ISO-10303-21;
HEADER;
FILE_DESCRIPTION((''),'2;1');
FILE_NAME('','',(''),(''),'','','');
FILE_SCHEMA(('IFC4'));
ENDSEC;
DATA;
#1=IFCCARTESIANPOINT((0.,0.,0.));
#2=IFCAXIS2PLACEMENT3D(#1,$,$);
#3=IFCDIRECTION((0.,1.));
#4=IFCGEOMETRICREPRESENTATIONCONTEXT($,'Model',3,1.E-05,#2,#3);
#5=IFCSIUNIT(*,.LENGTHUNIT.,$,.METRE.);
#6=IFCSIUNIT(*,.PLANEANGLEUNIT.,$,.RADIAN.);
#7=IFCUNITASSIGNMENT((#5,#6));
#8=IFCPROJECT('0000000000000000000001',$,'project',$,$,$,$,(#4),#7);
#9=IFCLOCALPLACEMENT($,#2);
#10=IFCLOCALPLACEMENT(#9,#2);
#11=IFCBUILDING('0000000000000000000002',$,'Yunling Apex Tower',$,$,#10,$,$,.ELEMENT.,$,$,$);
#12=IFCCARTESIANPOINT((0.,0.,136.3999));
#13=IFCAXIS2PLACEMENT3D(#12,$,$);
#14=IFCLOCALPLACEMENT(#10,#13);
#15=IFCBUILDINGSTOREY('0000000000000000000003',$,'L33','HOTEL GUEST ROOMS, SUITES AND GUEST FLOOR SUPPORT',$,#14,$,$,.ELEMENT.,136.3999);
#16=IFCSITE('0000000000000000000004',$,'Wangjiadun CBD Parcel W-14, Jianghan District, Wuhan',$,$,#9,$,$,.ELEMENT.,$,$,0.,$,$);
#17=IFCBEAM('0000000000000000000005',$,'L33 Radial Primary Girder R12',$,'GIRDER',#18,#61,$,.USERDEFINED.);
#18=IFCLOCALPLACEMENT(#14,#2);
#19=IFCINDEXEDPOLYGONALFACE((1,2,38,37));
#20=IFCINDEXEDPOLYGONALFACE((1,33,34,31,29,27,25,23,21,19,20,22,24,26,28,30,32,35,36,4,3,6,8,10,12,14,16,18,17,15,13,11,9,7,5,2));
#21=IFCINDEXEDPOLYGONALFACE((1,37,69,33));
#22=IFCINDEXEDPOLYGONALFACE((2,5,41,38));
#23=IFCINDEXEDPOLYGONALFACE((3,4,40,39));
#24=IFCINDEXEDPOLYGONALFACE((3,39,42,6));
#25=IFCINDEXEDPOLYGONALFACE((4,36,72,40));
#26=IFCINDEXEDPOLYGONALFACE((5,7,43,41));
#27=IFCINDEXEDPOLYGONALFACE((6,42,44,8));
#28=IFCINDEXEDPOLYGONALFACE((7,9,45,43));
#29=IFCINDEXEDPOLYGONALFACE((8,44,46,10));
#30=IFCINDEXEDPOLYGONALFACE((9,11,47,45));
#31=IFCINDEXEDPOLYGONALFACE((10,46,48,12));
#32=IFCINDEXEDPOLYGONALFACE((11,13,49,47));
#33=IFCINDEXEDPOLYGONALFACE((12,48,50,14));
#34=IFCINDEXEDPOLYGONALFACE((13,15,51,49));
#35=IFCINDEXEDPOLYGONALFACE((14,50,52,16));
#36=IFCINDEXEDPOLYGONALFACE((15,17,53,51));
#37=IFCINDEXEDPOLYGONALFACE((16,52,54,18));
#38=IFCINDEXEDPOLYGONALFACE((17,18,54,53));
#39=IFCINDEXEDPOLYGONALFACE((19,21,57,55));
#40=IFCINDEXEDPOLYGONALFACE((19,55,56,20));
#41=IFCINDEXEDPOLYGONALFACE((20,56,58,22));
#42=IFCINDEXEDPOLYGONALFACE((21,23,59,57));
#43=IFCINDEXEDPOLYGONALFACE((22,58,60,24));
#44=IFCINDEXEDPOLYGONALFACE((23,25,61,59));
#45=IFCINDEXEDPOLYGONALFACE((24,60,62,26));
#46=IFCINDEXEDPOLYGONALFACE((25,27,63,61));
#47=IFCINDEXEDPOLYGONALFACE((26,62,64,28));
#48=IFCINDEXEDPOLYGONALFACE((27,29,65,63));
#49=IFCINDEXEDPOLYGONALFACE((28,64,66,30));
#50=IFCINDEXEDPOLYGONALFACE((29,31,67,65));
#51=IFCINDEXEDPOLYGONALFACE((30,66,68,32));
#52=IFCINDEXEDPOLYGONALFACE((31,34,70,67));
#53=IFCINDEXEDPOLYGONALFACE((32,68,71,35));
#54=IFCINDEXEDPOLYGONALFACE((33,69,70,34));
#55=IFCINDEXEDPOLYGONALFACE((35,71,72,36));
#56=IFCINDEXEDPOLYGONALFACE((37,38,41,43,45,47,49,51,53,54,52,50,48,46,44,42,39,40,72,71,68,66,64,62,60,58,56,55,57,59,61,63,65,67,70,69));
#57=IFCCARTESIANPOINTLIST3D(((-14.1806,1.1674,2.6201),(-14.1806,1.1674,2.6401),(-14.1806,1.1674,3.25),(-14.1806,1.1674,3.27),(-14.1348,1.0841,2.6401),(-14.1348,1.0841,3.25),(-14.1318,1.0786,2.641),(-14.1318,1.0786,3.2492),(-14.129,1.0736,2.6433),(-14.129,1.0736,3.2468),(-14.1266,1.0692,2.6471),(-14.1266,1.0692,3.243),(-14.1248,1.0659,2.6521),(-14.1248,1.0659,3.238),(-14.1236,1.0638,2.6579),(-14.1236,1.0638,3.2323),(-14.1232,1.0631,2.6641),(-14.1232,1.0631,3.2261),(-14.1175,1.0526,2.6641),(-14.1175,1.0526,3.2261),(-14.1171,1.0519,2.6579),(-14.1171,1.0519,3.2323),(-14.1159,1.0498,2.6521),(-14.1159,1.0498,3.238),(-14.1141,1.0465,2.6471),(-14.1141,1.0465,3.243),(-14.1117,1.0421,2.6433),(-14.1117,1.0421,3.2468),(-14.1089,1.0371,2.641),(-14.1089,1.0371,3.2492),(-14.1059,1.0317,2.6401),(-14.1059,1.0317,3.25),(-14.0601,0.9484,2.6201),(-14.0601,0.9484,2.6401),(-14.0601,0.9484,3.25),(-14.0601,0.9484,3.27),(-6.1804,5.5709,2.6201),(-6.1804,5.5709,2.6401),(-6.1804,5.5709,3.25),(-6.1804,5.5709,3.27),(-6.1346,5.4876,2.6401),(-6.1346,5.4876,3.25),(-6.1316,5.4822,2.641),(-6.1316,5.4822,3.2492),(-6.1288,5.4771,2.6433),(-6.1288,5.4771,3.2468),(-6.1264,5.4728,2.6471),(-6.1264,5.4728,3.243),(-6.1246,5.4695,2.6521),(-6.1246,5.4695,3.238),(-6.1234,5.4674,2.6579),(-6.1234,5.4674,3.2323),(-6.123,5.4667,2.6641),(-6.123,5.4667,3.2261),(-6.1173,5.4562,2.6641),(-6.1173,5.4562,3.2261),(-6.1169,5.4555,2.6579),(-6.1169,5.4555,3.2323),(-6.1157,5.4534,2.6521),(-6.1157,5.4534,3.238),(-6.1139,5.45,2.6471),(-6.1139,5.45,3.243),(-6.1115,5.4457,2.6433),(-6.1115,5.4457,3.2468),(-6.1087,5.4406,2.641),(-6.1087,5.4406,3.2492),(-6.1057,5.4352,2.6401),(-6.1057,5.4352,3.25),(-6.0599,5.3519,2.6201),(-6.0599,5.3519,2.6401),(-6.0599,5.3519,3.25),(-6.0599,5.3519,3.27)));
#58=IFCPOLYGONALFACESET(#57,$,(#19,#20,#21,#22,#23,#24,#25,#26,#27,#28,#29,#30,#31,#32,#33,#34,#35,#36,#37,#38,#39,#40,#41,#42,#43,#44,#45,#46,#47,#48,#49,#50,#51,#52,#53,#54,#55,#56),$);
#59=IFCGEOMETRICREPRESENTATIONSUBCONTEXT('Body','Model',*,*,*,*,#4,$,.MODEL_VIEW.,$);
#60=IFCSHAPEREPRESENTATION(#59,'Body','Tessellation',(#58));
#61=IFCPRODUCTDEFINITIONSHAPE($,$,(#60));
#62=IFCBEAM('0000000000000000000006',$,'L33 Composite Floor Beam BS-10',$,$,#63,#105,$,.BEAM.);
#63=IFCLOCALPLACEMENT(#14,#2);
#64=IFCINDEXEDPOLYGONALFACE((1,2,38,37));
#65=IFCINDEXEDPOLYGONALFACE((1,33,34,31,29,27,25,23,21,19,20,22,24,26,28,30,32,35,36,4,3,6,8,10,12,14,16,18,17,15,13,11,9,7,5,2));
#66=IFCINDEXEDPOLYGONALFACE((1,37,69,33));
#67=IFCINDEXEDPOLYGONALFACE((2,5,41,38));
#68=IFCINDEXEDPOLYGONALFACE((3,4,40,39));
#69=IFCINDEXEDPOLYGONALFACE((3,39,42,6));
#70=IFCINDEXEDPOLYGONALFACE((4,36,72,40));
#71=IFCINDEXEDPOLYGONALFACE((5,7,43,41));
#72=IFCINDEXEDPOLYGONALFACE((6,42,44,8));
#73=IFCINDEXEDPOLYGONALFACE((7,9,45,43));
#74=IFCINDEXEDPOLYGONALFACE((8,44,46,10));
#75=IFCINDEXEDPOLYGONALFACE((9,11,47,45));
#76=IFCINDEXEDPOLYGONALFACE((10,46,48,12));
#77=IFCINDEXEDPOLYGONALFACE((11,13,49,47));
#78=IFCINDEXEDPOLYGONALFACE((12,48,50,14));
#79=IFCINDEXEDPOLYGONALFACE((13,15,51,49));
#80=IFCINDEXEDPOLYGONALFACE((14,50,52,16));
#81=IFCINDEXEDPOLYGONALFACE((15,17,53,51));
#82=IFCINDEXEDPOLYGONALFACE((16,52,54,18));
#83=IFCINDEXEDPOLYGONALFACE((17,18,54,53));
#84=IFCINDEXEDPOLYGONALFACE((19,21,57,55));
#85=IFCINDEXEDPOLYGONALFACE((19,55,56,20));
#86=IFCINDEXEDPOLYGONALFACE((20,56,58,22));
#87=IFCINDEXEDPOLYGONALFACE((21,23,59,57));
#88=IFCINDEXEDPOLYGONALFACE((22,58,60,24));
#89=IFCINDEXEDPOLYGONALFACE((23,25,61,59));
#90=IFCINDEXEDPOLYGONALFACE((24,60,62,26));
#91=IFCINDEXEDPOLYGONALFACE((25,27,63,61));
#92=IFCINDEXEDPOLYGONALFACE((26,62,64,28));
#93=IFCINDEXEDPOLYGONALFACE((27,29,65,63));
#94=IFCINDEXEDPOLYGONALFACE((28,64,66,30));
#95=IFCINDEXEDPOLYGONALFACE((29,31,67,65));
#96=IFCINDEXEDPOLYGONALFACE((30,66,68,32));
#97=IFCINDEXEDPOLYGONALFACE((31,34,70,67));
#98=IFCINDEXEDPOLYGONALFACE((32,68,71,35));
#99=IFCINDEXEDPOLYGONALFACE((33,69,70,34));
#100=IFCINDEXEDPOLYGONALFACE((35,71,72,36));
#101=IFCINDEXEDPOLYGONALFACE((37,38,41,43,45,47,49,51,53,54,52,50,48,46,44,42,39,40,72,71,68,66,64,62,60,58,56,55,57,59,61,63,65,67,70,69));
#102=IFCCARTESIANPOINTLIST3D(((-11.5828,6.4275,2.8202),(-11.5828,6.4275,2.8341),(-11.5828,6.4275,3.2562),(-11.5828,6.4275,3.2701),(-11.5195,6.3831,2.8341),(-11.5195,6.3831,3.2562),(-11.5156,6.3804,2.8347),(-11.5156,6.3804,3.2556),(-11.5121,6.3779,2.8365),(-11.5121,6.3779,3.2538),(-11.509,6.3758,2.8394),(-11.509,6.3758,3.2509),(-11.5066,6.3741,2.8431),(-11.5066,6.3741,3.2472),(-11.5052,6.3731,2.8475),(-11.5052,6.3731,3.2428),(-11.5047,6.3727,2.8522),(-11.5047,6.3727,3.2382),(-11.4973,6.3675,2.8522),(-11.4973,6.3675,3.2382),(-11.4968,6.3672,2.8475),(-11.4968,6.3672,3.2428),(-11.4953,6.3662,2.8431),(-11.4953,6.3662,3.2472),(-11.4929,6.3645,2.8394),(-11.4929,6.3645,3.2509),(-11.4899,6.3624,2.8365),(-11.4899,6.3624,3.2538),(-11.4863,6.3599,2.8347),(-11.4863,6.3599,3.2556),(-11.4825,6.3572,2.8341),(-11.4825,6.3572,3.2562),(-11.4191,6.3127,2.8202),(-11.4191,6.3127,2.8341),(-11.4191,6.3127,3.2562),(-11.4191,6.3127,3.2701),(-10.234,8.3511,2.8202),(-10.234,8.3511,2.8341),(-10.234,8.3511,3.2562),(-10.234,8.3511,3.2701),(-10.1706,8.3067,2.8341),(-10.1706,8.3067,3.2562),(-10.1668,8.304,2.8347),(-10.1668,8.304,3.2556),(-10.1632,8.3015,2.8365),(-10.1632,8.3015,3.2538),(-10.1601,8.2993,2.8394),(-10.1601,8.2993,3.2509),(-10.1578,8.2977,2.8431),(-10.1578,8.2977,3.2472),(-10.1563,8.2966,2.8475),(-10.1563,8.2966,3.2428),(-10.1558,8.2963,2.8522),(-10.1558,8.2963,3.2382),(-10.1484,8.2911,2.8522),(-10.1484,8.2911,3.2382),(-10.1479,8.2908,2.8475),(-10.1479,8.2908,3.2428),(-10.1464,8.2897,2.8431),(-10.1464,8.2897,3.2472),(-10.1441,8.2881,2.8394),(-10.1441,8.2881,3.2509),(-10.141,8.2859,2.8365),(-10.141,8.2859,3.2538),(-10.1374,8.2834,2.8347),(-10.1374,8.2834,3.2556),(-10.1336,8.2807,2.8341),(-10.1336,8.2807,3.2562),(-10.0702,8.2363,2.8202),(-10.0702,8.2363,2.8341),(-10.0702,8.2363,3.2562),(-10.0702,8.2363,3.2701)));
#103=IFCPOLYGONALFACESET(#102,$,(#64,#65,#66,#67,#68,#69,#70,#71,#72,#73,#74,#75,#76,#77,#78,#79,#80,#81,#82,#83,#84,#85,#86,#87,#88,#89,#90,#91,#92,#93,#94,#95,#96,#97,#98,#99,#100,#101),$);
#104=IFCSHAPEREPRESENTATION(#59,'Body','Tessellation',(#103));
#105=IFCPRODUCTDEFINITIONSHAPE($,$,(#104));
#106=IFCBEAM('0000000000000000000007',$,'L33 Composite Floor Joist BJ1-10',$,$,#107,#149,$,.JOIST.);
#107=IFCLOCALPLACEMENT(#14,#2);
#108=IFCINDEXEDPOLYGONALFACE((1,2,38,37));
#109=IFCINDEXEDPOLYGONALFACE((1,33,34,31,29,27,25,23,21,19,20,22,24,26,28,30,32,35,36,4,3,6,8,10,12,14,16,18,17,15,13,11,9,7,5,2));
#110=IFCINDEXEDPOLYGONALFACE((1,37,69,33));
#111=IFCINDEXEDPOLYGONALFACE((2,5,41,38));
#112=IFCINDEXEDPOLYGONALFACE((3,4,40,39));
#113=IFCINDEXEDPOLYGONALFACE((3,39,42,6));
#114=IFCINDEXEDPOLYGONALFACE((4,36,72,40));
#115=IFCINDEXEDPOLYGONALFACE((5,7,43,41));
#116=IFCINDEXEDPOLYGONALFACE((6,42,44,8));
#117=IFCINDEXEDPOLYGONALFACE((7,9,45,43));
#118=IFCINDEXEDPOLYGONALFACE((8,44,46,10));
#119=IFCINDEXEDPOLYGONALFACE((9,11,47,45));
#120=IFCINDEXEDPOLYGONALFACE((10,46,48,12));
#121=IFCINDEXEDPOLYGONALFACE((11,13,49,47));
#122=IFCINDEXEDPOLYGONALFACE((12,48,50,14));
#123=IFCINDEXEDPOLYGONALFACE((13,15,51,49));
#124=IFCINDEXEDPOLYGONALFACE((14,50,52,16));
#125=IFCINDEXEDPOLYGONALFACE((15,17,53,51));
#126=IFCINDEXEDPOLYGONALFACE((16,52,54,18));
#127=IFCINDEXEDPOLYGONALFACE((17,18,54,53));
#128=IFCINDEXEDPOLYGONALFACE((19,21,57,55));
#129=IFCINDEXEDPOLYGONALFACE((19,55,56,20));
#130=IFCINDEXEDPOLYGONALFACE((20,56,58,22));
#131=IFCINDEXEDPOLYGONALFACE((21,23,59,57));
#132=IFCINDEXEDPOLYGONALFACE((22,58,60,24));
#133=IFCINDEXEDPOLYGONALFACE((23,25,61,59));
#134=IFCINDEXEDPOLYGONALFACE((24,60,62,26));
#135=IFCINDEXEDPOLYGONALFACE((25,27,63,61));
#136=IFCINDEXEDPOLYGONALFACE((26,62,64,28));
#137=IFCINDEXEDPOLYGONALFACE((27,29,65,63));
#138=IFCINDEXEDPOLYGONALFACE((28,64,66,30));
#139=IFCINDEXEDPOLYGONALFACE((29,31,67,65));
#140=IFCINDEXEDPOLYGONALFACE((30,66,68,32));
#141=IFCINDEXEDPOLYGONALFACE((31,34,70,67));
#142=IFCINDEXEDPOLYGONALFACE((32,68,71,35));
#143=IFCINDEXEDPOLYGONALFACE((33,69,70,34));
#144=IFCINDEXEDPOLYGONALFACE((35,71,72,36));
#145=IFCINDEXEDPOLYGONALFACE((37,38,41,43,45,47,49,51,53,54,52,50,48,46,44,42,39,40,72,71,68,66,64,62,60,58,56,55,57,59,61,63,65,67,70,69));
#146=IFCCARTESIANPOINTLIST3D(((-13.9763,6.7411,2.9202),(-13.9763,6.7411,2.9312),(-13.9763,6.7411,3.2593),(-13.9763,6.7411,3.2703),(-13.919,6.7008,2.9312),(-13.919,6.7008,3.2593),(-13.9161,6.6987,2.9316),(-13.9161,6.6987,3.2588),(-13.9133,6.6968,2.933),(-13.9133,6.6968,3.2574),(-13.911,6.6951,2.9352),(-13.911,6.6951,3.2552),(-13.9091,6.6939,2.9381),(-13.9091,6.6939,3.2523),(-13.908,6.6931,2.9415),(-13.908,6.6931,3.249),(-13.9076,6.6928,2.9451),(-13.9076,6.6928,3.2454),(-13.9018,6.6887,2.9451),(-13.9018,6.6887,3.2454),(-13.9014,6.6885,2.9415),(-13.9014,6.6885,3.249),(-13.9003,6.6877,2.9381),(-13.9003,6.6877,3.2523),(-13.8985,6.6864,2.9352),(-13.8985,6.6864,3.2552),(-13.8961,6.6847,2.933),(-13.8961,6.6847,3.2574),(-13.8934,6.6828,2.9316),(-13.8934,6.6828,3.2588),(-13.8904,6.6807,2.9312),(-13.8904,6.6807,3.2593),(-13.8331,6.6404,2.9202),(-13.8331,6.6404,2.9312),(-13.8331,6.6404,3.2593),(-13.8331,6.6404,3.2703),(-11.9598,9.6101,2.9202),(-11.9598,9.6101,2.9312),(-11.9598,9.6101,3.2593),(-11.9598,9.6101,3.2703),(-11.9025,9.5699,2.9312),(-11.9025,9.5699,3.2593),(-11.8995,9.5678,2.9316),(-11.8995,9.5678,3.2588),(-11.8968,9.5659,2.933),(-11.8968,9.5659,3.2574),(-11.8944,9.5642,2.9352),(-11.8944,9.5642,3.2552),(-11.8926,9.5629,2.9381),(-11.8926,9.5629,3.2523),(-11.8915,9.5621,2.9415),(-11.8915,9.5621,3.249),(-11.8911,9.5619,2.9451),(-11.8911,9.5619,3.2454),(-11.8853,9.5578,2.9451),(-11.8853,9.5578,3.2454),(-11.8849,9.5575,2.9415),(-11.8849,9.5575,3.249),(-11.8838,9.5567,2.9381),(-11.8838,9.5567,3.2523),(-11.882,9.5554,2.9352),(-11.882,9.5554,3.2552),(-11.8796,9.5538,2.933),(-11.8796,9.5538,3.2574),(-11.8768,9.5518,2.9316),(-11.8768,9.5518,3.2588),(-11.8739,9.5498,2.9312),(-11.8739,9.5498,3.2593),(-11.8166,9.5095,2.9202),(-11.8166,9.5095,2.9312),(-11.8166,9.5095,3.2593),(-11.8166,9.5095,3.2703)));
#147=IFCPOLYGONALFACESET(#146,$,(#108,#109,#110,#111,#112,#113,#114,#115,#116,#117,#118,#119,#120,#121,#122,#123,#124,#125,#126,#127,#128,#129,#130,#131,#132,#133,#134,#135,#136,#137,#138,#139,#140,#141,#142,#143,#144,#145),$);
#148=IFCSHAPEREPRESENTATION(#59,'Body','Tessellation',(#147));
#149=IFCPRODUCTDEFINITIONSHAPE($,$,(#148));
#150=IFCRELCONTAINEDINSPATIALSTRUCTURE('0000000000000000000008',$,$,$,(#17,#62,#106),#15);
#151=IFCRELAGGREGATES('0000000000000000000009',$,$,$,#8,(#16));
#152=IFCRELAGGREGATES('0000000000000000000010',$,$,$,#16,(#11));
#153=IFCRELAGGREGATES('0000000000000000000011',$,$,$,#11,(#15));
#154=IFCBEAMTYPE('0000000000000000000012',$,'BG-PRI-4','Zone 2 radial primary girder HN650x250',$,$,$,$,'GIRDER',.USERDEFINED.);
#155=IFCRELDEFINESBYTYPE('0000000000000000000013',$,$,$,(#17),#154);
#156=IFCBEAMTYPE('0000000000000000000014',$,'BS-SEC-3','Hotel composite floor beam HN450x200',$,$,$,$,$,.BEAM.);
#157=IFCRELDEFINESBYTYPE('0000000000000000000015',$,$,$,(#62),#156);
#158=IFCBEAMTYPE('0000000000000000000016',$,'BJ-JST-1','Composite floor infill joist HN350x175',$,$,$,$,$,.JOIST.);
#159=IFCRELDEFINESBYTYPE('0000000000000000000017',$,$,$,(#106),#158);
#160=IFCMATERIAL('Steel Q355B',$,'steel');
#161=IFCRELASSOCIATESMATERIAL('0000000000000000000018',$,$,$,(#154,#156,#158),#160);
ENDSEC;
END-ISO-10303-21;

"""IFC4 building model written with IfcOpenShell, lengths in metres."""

from ifc_helpers import new_model, si_unit, direction, frame, origin, origin_2d, place, context, subcontext, project, spatial, i_section, extrude, source, transform, mapped, material, material_profile, profile_set, type_object, element, save


model = new_model("IFC4")

# Units and contexts
model_context = context("Model", 3, precision=1e-05, world=origin(), true_north=direction((0.0, 1.0)))
body_context = subcontext(model_context, "Body", "Model", "MODEL_VIEW")
ifc_project = project(units=[si_unit("LENGTHUNIT", "METRE"), si_unit("PLANEANGLEUNIT", "RADIAN")], contexts=[model_context])

# Site, building, storey
site_placement = place(None, origin())
site = spatial("IfcSite", under=ifc_project, at=site_placement, Name="Wangjiadun CBD Parcel W-14, Jianghan District, Wuhan", CompositionType="ELEMENT", RefElevation=0.0)
building_placement = place(site_placement, origin())
building = spatial("IfcBuilding", under=site, at=building_placement, Name="Yunling Apex Tower", CompositionType="ELEMENT")
storey_placement = place(building_placement, frame((0.0, 0.0, 136.3999)))
storey = spatial("IfcBuildingStorey", under=building, at=storey_placement, Name="L33", Description="HOTEL GUEST ROOMS, SUITES AND GUEST FLOOR SUPPORT", CompositionType="ELEMENT", Elevation=136.3999)

# Beams
ifc_material_1 = material(Name="Steel Q355B", Category="steel")
ifc_material_profile_1 = material_profile(ifc_material_1, i_section(OverallWidth=0.25, OverallDepth=0.6499, WebThickness=0.012, FlangeThickness=0.02, FilletRadius=0.0239, at=origin_2d()))
ifc_profile_set_1 = profile_set([ifc_material_profile_1], Name="Steel Q355B")
beam_type_1 = type_object("IfcBeamType", Name="BG-PRI-4", Description="Zone 2 radial primary girder HN650x250", ElementType="GIRDER", PredefinedType="USERDEFINED", material=ifc_profile_set_1)
shared_shape_1 = source(origin(), body_context, "Body", "SweptSolid", [
    extrude(i_section(OverallWidth=0.25, OverallDepth=0.6499, WebThickness=0.012, FlangeThickness=0.02, FilletRadius=0.0239, at=origin_2d()), origin(), (0.0, 0.0, 1.0), 9.1321),
])
beam_1_placement = place(storey_placement, frame((-14.1204, 1.0579, 2.9451), z_axis=(0.876057, 0.482207, 0.0), x_axis=(-0.482207, 0.876057, 0.0)))
element("IfcBeam", 1, at=beam_1_placement, inside=storey, type_object=beam_type_1, Name="L33 Radial Primary Girder R12", ObjectType="GIRDER", PredefinedType="USERDEFINED", context=body_context, shape_type="MappedRepresentation", body=[
    mapped(shared_shape_1, transform((0.0, 0.0, 0.0), scale=1.0)),
])
ifc_material_profile_2 = material_profile(ifc_material_1, i_section(OverallWidth=0.2, OverallDepth=0.45, WebThickness=0.009, FlangeThickness=0.0139, FilletRadius=0.0181, at=origin_2d()))
ifc_profile_set_2 = profile_set([ifc_material_profile_2], Name="Steel Q355B")
beam_type_2 = type_object("IfcBeamType", Name="BS-SEC-3", Description="Hotel composite floor beam HN450x200", PredefinedType="BEAM", material=ifc_profile_set_2)
shared_shape_2 = source(origin(), body_context, "Body", "SweptSolid", [
    extrude(i_section(OverallWidth=0.2, OverallDepth=0.45, WebThickness=0.009, FlangeThickness=0.0139, FilletRadius=0.0181, at=origin_2d()), origin(), (0.0, 0.0, 1.0), 2.3494),
])
beam_2_placement = place(storey_placement, frame((-10.1521, 8.2937, 3.0452), z_axis=(-0.574139, -0.818758, 0.0), x_axis=(0.818758, -0.574139, 0.0)))
element("IfcBeam", 2, at=beam_2_placement, inside=storey, type_object=beam_type_2, Name="L33 Composite Floor Beam BS-10", PredefinedType="BEAM", context=body_context, shape_type="MappedRepresentation", body=[
    mapped(shared_shape_2, transform((0.0, 0.0, 0.0), scale=1.0)),
])
ifc_material_profile_3 = material_profile(ifc_material_1, i_section(OverallWidth=0.175, OverallDepth=0.3501, WebThickness=0.0071, FlangeThickness=0.011, FilletRadius=0.0139, at=origin_2d()))
ifc_profile_set_3 = profile_set([ifc_material_profile_3], Name="Steel Q355B")
beam_type_3 = type_object("IfcBeamType", Name="BJ-JST-1", Description="Composite floor infill joist HN350x175", PredefinedType="JOIST", material=ifc_profile_set_3)
shared_shape_3 = source(origin(), body_context, "Body", "SweptSolid", [
    extrude(i_section(OverallWidth=0.175, OverallDepth=0.3501, WebThickness=0.0071, FlangeThickness=0.011, FilletRadius=0.0139, at=origin_2d()), origin(), (0.0, 0.0, 1.0), 3.5068),
])
beam_3_placement = place(storey_placement, frame((-11.8882, 9.5598, 3.0952), z_axis=(-0.575031, -0.818132, 0.0), x_axis=(0.818132, -0.575031, 0.0)))
element("IfcBeam", 3, at=beam_3_placement, inside=storey, type_object=beam_type_3, Name="L33 Composite Floor Joist BJ1-10", PredefinedType="JOIST", context=body_context, shape_type="MappedRepresentation", body=[
    mapped(shared_shape_3, transform((0.0, 0.0, 0.0), scale=1.0)),
])

save(model, "model.ifc")
